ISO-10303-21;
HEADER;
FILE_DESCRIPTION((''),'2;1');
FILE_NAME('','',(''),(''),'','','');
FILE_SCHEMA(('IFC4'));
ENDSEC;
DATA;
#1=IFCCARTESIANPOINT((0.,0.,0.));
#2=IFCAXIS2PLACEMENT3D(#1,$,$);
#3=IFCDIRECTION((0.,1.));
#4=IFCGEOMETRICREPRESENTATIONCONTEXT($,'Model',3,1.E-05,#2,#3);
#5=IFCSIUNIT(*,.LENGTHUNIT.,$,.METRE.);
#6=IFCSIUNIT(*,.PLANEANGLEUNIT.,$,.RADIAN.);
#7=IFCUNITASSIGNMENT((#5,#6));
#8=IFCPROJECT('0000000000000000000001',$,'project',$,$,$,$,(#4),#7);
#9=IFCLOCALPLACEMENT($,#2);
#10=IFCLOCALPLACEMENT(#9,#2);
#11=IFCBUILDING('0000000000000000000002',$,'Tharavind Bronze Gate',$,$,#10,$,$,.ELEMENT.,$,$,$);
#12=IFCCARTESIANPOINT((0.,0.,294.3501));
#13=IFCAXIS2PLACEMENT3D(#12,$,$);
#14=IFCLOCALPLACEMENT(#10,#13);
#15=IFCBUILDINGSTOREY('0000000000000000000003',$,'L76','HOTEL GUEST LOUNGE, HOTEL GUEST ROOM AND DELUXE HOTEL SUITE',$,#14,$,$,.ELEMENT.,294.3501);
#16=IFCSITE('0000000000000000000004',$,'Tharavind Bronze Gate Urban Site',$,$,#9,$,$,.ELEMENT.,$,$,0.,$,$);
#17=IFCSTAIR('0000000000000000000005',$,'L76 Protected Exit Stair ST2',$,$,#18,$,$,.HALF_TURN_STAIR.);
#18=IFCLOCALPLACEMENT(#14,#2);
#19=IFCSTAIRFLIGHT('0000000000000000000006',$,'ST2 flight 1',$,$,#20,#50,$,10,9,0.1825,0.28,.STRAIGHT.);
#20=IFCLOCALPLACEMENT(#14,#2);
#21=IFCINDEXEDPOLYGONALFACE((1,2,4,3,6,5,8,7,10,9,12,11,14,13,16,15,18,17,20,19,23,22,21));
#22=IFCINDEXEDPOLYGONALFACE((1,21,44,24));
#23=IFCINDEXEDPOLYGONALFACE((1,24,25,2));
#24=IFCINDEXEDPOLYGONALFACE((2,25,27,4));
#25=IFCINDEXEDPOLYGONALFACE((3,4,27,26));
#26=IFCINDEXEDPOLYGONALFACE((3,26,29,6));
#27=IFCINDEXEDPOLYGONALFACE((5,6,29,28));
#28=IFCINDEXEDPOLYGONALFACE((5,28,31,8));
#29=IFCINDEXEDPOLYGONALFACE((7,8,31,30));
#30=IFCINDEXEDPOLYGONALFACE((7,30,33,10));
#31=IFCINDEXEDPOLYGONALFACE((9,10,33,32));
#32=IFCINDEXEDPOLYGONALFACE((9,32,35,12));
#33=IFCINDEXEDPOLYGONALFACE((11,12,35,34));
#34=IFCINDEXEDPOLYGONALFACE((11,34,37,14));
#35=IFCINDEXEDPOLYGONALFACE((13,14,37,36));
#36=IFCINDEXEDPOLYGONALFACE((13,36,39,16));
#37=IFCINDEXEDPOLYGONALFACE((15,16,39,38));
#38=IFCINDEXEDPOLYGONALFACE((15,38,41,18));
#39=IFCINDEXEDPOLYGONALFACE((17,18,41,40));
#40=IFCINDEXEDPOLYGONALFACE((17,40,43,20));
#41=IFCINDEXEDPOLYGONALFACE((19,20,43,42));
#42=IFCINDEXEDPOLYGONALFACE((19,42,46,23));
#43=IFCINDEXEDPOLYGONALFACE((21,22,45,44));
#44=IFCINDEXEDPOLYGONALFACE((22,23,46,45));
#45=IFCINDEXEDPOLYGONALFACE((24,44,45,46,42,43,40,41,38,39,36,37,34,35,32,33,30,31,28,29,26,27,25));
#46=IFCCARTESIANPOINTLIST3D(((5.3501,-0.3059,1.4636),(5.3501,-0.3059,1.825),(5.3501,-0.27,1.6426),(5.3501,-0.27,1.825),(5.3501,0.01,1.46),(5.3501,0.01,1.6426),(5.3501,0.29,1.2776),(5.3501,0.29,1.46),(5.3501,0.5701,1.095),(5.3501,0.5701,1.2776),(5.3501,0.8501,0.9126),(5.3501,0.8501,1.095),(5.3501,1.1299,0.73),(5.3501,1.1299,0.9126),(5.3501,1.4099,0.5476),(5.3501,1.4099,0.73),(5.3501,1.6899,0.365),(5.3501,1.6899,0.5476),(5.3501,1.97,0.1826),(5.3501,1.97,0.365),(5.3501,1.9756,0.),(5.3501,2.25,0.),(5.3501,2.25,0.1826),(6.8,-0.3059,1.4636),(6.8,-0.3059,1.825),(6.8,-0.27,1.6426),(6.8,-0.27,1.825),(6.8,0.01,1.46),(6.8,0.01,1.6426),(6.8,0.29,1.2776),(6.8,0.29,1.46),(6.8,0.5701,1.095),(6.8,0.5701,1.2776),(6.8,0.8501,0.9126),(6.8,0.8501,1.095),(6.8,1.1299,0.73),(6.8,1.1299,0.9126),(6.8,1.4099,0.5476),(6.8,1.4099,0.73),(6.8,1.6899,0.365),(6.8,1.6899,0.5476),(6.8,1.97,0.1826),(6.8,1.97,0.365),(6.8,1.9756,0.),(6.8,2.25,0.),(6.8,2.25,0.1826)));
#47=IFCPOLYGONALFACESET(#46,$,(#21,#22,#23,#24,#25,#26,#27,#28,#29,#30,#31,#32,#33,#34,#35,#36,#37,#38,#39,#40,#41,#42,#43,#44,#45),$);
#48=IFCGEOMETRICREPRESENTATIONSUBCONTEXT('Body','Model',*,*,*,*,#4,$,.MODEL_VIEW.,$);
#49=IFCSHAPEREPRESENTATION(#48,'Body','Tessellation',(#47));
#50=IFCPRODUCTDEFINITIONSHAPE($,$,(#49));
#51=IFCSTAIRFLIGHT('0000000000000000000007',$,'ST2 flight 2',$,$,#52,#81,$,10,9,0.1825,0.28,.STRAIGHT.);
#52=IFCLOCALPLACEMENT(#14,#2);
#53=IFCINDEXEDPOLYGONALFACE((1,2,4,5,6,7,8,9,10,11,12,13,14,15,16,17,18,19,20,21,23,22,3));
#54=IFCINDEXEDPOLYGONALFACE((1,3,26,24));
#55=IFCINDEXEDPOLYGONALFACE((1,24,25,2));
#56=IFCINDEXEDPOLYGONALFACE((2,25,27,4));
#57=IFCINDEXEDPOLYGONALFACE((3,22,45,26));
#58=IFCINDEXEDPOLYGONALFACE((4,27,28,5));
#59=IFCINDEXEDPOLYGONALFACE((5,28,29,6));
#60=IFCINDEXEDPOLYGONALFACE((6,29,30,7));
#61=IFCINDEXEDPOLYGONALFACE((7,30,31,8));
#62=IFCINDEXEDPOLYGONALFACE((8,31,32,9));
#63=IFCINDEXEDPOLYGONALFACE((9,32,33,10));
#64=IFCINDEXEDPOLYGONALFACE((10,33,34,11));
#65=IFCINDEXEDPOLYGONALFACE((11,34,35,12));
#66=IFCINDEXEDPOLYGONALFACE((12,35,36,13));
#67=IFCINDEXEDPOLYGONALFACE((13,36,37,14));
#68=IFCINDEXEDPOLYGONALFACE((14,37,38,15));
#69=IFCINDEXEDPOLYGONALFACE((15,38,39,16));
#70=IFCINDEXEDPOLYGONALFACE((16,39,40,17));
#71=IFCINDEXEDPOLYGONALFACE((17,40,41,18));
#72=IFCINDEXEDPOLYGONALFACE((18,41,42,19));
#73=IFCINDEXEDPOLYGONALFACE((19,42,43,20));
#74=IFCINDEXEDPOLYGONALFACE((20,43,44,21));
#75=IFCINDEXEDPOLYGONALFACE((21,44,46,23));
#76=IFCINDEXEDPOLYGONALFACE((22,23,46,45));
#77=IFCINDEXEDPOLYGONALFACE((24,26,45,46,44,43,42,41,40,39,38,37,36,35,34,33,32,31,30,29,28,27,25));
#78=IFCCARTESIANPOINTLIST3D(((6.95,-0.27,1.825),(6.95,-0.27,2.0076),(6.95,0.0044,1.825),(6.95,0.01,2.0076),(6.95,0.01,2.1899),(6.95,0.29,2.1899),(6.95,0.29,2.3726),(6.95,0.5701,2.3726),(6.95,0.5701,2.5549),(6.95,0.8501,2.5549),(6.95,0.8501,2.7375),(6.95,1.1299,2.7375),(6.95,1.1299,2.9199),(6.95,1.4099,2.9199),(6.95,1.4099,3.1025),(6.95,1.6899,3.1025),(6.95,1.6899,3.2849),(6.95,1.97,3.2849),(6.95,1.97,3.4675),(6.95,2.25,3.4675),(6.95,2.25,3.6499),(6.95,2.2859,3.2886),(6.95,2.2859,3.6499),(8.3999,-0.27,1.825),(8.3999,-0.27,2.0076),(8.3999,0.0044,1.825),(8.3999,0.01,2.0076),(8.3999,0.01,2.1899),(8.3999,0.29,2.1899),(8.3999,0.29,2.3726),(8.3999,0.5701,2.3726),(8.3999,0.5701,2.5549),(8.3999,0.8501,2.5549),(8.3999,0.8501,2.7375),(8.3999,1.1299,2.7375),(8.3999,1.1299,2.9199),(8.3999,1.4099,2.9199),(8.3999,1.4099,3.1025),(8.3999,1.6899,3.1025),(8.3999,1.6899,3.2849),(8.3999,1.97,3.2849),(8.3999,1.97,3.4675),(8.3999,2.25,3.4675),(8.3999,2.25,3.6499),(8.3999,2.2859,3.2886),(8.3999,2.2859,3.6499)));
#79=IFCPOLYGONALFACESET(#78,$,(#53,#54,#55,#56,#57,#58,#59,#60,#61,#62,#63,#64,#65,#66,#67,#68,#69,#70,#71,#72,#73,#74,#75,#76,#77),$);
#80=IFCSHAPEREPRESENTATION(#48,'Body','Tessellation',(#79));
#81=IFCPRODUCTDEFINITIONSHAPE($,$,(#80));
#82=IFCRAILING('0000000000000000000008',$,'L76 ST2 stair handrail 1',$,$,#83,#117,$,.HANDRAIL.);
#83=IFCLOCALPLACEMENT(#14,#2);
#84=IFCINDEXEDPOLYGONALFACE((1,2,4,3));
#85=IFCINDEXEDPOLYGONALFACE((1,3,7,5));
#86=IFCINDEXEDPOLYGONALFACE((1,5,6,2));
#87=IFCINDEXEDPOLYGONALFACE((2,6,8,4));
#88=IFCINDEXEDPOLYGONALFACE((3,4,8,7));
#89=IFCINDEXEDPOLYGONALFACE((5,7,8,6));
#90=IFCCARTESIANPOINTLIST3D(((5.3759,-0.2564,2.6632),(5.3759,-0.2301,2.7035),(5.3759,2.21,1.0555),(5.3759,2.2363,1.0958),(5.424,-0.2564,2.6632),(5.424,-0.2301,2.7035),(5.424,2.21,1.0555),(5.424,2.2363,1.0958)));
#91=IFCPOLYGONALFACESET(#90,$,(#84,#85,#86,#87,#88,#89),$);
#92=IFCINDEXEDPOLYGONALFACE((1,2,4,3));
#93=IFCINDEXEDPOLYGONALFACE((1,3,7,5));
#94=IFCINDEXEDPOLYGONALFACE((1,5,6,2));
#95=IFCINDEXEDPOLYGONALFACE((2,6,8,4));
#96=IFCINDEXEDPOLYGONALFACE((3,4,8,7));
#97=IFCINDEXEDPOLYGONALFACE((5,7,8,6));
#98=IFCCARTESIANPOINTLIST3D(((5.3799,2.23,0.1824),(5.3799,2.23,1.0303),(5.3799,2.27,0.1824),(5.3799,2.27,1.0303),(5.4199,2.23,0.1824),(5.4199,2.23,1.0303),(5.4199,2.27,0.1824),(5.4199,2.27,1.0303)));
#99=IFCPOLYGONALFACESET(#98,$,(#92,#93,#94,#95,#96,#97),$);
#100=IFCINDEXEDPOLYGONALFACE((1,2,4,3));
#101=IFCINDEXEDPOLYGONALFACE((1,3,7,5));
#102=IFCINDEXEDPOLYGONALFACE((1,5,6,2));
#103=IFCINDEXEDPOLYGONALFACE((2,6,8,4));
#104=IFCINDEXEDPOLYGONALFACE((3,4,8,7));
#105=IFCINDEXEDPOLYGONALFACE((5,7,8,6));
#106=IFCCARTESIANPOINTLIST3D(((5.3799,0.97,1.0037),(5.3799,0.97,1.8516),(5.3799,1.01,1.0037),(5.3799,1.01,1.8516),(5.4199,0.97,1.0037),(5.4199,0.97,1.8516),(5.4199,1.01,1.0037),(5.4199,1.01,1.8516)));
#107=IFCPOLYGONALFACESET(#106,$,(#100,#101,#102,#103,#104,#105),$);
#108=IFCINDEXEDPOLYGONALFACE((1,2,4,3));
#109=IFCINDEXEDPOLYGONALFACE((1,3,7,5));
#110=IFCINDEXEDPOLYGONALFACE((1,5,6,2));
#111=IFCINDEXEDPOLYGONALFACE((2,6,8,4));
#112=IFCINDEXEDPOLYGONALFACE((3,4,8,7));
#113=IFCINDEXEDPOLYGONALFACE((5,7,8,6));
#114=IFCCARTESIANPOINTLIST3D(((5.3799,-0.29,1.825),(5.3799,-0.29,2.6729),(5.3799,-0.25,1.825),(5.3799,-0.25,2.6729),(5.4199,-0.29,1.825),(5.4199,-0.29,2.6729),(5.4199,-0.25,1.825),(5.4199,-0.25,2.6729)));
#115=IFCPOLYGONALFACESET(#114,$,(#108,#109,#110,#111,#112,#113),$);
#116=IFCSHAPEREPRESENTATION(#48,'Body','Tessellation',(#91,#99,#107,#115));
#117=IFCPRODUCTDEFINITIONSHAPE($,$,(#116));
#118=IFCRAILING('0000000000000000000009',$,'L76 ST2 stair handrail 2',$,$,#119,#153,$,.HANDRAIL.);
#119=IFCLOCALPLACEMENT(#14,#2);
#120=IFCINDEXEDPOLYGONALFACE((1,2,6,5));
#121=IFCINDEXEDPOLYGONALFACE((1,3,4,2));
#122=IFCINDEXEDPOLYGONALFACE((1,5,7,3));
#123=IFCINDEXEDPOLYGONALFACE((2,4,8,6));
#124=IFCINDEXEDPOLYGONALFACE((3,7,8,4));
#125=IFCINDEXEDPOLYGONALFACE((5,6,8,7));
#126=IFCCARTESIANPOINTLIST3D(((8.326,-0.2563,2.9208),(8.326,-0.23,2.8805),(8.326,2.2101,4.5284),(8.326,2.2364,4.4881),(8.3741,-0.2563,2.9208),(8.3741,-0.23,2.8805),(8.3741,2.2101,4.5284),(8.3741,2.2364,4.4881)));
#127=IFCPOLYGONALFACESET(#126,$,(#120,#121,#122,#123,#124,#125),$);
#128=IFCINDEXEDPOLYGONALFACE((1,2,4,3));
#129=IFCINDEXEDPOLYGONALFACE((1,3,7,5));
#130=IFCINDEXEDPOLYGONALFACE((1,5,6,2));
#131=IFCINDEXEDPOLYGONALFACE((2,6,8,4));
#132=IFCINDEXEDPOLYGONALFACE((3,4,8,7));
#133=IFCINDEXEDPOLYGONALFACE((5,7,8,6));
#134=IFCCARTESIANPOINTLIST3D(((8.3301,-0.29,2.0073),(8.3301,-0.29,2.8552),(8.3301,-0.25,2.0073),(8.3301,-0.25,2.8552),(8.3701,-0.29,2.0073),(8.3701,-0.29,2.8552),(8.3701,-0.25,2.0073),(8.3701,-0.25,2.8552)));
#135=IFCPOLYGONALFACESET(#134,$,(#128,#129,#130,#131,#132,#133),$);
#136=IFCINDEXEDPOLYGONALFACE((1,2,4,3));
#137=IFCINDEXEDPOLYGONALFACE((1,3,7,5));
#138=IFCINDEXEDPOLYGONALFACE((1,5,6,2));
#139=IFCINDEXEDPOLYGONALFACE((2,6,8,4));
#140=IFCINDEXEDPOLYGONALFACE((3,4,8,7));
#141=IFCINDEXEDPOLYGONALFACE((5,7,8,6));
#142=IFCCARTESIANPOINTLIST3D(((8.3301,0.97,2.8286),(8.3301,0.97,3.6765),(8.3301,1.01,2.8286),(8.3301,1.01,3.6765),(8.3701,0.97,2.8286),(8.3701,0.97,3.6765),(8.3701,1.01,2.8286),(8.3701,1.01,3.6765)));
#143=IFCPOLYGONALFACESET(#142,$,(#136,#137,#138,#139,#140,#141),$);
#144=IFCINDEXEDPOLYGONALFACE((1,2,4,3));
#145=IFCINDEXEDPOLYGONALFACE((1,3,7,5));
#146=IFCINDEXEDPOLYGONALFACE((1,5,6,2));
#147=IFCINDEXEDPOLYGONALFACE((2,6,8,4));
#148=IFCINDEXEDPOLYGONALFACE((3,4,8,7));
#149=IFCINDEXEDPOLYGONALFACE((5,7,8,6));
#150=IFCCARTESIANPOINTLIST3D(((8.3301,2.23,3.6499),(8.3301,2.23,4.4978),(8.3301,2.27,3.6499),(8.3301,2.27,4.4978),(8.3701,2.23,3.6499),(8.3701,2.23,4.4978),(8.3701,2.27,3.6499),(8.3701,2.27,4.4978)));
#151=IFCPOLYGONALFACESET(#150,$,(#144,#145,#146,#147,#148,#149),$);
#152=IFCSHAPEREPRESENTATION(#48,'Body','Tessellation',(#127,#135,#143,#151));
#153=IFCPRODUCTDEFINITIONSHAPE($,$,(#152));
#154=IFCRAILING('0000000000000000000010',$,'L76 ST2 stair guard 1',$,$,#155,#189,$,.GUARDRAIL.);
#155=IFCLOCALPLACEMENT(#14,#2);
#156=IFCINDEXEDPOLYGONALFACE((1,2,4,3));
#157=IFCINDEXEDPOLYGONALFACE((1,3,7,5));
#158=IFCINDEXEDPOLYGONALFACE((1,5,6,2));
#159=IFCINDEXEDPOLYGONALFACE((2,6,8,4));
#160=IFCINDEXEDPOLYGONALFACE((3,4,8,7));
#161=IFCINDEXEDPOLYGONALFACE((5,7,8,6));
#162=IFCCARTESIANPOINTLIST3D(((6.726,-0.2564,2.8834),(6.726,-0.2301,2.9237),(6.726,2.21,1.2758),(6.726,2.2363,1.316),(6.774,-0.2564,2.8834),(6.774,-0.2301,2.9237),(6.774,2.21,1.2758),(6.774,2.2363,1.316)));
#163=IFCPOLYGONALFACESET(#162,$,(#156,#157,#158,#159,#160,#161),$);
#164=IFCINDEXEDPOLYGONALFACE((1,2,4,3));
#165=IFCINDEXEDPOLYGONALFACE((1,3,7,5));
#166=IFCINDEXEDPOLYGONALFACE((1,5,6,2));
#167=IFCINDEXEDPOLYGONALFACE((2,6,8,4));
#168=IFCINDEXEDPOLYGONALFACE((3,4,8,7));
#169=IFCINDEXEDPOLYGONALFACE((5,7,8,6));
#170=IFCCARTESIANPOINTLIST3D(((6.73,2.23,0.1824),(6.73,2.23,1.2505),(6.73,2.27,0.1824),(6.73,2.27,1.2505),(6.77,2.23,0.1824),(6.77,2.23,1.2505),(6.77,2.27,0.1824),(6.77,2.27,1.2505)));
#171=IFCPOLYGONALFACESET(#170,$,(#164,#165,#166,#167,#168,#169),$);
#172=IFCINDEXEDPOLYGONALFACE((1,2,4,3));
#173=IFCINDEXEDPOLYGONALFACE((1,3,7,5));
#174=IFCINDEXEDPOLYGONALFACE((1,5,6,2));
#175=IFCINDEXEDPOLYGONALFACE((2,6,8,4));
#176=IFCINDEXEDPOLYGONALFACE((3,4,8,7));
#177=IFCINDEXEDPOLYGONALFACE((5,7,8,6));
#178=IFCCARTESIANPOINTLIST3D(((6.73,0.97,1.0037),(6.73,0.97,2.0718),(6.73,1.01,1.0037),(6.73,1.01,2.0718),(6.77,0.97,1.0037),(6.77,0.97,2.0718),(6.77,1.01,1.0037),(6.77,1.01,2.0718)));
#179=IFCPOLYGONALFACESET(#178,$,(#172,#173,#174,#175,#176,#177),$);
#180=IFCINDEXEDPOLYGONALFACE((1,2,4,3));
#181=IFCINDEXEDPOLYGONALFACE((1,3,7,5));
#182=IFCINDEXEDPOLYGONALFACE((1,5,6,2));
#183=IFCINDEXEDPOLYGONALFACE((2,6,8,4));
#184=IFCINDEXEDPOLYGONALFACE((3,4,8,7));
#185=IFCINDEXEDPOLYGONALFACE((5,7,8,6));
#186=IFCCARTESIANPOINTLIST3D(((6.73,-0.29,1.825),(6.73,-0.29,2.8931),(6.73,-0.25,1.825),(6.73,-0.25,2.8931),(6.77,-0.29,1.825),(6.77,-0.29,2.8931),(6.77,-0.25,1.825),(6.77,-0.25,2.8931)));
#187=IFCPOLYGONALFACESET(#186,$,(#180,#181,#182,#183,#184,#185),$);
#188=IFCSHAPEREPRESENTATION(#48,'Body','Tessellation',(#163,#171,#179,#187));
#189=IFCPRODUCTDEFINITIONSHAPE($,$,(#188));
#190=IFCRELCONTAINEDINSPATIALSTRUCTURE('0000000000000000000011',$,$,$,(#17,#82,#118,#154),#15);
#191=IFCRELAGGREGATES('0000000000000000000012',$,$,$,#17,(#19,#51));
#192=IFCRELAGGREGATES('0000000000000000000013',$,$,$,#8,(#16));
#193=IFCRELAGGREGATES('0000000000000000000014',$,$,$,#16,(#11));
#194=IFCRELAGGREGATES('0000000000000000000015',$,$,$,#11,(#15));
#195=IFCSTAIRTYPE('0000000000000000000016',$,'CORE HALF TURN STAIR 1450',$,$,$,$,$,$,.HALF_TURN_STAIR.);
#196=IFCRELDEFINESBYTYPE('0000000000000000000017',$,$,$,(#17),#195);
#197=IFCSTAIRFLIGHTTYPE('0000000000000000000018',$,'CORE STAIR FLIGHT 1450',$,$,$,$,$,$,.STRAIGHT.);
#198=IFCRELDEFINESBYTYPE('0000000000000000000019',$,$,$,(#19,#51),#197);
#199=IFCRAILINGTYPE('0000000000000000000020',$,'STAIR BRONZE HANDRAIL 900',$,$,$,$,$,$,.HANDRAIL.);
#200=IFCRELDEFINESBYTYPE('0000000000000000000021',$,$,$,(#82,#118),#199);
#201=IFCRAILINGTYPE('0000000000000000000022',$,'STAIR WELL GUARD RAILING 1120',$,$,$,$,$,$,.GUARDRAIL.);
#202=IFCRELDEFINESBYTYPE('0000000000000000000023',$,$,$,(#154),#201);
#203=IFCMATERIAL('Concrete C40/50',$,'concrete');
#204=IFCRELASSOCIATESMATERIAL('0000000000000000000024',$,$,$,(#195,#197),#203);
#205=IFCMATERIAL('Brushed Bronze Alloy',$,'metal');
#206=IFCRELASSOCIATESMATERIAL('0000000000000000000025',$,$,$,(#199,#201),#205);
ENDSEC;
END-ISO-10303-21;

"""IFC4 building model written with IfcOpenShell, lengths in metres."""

from ifc_helpers import new_model, si_unit, direction, frame, origin, origin_2d, place, context, subcontext, project, spatial, polyline, rectangle, outline, extrude, material, type_object, element, aggregate, save


model = new_model("IFC4")

# Units and contexts
model_context = context("Model", 3, precision=1e-05, world=origin(), true_north=direction((0.0, 1.0)))
body_context = subcontext(model_context, "Body", "Model", "MODEL_VIEW")
ifc_project = project(units=[si_unit("LENGTHUNIT", "METRE"), si_unit("PLANEANGLEUNIT", "RADIAN")], contexts=[model_context])

# Site, building, storey
site_placement = place(None, origin())
site = spatial("IfcSite", under=ifc_project, at=site_placement, Name="Tharavind Bronze Gate Urban Site", CompositionType="ELEMENT", RefElevation=0.0)
building_placement = place(site_placement, origin())
building = spatial("IfcBuilding", under=site, at=building_placement, Name="Tharavind Bronze Gate", CompositionType="ELEMENT")
storey_placement = place(building_placement, frame((0.0, 0.0, 294.3501)))
storey = spatial("IfcBuildingStorey", under=building, at=storey_placement, Name="L76", Description="HOTEL GUEST LOUNGE, HOTEL GUEST ROOM AND DELUXE HOTEL SUITE", CompositionType="ELEMENT", Elevation=294.3501)

# Shared definitions
ifc_material_1 = material(Name="Concrete C40/50", Category="concrete")

# Stair, stair flights
stair_type = type_object("IfcStairType", Name="CORE HALF TURN STAIR 1450", PredefinedType="HALF_TURN_STAIR", material=ifc_material_1)
stair_placement = place(storey_placement, origin())
stair = element("IfcStair", 1, at=stair_placement, inside=storey, type_object=stair_type, Name="L76 Protected Exit Stair ST2", PredefinedType="HALF_TURN_STAIR")
stair_flight_type = type_object("IfcStairFlightType", Name="CORE STAIR FLIGHT 1450", PredefinedType="STRAIGHT", material=ifc_material_1)
stair_flight_1_placement = place(storey_placement, frame((6.075, 2.25, 0.0), z_axis=(0.0, 0.0, 1.0), x_axis=(0.0, -1.0, 0.0)))
stair_flight_1 = element("IfcStairFlight", 2, at=stair_flight_1_placement, type_object=stair_flight_type, Name="ST2 flight 1", NumberOfRisers=10, NumberOfTreads=9, PredefinedType="STRAIGHT", RiserHeight=0.1825, TreadLength=0.28, context=body_context, shape_type="SweptSolid", body=[
    extrude(outline(polyline([(0.0, 0.0), (0.0, 0.1826), (0.28, 0.1826), (0.28, 0.365), (0.5601, 0.365), (0.5601, 0.5476), (0.8401, 0.5476), (0.8401, 0.73), (1.1201, 0.73), (1.1201, 0.9126), (1.3999, 0.9126), (1.3999, 1.095), (1.6799, 1.095), (1.6799, 1.2776), (1.96, 1.2776), (1.96, 1.46), (2.24, 1.46), (2.24, 1.6426), (2.52, 1.6426), (2.52, 1.825), (2.5559, 1.825), (2.5559, 1.4636), (0.2744, 0.0), (0.0, 0.0)])), frame((0.0, 0.7251, 0.0), z_axis=(0.0, -1.0, 0.0), x_axis=(1.0, 0.0, 0.0)), (0.0, 0.0, 1.0), 1.45),
])
stair_flight_2_placement = place(storey_placement, frame((7.675, -0.27, 1.825), z_axis=(0.0, 0.0, 1.0), x_axis=(0.0, 1.0, 0.0)))
stair_flight_2 = element("IfcStairFlight", 3, at=stair_flight_2_placement, type_object=stair_flight_type, Name="ST2 flight 2", NumberOfRisers=10, NumberOfTreads=9, PredefinedType="STRAIGHT", RiserHeight=0.1825, TreadLength=0.28, context=body_context, shape_type="SweptSolid", body=[
    extrude(outline(polyline([(0.0, 0.0), (0.0, 0.1826), (0.28, 0.1826), (0.28, 0.365), (0.5601, 0.365), (0.5601, 0.5476), (0.8401, 0.5476), (0.8401, 0.73), (1.1201, 0.73), (1.1201, 0.9126), (1.3999, 0.9126), (1.3999, 1.095), (1.6799, 1.095), (1.6799, 1.2776), (1.96, 1.2776), (1.96, 1.46), (2.24, 1.46), (2.24, 1.6426), (2.52, 1.6426), (2.52, 1.825), (2.5559, 1.825), (2.5559, 1.4636), (0.2744, 0.0), (0.0, 0.0)])), frame((0.0, 0.7251, 0.0), z_axis=(0.0, -1.0, 0.0), x_axis=(1.0, 0.0, 0.0)), (0.0, 0.0, 1.0), 1.45),
])
aggregate(stair, [stair_flight_1, stair_flight_2])

# Railings
ifc_material_2 = material(Name="Brushed Bronze Alloy", Category="metal")
railing_type_1 = type_object("IfcRailingType", Name="STAIR BRONZE HANDRAIL 900", PredefinedType="HANDRAIL", material=ifc_material_2)
railing_1_placement = place(storey_placement, frame((5.3999, 2.25, 0.1824)))
element("IfcRailing", 4, at=railing_1_placement, inside=storey, type_object=railing_type_1, Name="L76 ST2 stair handrail 1", PredefinedType="HANDRAIL", context=body_context, shape_type="SweptSolid", body=[
    extrude(rectangle(XDim=0.0481, YDim=0.0481, at=origin_2d()), frame((0.0, -0.0269, 0.8933), z_axis=(0.0, -0.837749, 0.546055), x_axis=(1.0, 0.0, 0.0)), (0.0, 0.0, 1.0), 2.9441),
    extrude(rectangle(XDim=0.04, YDim=0.04, at=origin_2d()), origin(), (0.0, 0.0, 1.0), 0.8479),
    extrude(rectangle(XDim=0.04, YDim=0.04, at=origin_2d()), frame((0.0, -1.26, 0.8213)), (0.0, 0.0, 1.0), 0.8479),
    extrude(rectangle(XDim=0.04, YDim=0.04, at=origin_2d()), frame((0.0, -2.52, 1.6426)), (0.0, 0.0, 1.0), 0.8479),
])
railing_2_placement = place(storey_placement, frame((8.3501, -0.27, 2.0073)))
element("IfcRailing", 5, at=railing_2_placement, inside=storey, type_object=railing_type_1, Name="L76 ST2 stair handrail 2", PredefinedType="HANDRAIL", context=body_context, shape_type="SweptSolid", body=[
    extrude(rectangle(XDim=0.0481, YDim=0.0481, at=origin_2d()), frame((0.0, 0.0269, 0.8933), z_axis=(0.0, 0.837749, 0.546055), x_axis=(-1.0, 0.0, 0.0)), (0.0, 0.0, 1.0), 2.9441),
    extrude(rectangle(XDim=0.04, YDim=0.04, at=origin_2d()), origin(), (0.0, 0.0, 1.0), 0.8479),
    extrude(rectangle(XDim=0.04, YDim=0.04, at=origin_2d()), frame((0.0, 1.26, 0.8213)), (0.0, 0.0, 1.0), 0.8479),
    extrude(rectangle(XDim=0.04, YDim=0.04, at=origin_2d()), frame((0.0, 2.52, 1.6426)), (0.0, 0.0, 1.0), 0.8479),
])
railing_type_2 = type_object("IfcRailingType", Name="STAIR WELL GUARD RAILING 1120", PredefinedType="GUARDRAIL", material=ifc_material_2)
railing_3_placement = place(storey_placement, frame((6.75, 2.25, 0.1824)))
element("IfcRailing", 6, at=railing_3_placement, inside=storey, type_object=railing_type_2, Name="L76 ST2 stair guard 1", PredefinedType="GUARDRAIL", context=body_context, shape_type="SweptSolid", body=[
    extrude(rectangle(XDim=0.0481, YDim=0.0481, at=origin_2d()), frame((0.0, -0.0269, 1.1135), z_axis=(0.0, -0.837749, 0.546055), x_axis=(1.0, 0.0, 0.0)), (0.0, 0.0, 1.0), 2.9441),
    extrude(rectangle(XDim=0.04, YDim=0.04, at=origin_2d()), origin(), (0.0, 0.0, 1.0), 1.0681),
    extrude(rectangle(XDim=0.04, YDim=0.04, at=origin_2d()), frame((0.0, -1.26, 0.8213)), (0.0, 0.0, 1.0), 1.0681),
    extrude(rectangle(XDim=0.04, YDim=0.04, at=origin_2d()), frame((0.0, -2.52, 1.6426)), (0.0, 0.0, 1.0), 1.0681),
])

save(model, "model.ifc")
